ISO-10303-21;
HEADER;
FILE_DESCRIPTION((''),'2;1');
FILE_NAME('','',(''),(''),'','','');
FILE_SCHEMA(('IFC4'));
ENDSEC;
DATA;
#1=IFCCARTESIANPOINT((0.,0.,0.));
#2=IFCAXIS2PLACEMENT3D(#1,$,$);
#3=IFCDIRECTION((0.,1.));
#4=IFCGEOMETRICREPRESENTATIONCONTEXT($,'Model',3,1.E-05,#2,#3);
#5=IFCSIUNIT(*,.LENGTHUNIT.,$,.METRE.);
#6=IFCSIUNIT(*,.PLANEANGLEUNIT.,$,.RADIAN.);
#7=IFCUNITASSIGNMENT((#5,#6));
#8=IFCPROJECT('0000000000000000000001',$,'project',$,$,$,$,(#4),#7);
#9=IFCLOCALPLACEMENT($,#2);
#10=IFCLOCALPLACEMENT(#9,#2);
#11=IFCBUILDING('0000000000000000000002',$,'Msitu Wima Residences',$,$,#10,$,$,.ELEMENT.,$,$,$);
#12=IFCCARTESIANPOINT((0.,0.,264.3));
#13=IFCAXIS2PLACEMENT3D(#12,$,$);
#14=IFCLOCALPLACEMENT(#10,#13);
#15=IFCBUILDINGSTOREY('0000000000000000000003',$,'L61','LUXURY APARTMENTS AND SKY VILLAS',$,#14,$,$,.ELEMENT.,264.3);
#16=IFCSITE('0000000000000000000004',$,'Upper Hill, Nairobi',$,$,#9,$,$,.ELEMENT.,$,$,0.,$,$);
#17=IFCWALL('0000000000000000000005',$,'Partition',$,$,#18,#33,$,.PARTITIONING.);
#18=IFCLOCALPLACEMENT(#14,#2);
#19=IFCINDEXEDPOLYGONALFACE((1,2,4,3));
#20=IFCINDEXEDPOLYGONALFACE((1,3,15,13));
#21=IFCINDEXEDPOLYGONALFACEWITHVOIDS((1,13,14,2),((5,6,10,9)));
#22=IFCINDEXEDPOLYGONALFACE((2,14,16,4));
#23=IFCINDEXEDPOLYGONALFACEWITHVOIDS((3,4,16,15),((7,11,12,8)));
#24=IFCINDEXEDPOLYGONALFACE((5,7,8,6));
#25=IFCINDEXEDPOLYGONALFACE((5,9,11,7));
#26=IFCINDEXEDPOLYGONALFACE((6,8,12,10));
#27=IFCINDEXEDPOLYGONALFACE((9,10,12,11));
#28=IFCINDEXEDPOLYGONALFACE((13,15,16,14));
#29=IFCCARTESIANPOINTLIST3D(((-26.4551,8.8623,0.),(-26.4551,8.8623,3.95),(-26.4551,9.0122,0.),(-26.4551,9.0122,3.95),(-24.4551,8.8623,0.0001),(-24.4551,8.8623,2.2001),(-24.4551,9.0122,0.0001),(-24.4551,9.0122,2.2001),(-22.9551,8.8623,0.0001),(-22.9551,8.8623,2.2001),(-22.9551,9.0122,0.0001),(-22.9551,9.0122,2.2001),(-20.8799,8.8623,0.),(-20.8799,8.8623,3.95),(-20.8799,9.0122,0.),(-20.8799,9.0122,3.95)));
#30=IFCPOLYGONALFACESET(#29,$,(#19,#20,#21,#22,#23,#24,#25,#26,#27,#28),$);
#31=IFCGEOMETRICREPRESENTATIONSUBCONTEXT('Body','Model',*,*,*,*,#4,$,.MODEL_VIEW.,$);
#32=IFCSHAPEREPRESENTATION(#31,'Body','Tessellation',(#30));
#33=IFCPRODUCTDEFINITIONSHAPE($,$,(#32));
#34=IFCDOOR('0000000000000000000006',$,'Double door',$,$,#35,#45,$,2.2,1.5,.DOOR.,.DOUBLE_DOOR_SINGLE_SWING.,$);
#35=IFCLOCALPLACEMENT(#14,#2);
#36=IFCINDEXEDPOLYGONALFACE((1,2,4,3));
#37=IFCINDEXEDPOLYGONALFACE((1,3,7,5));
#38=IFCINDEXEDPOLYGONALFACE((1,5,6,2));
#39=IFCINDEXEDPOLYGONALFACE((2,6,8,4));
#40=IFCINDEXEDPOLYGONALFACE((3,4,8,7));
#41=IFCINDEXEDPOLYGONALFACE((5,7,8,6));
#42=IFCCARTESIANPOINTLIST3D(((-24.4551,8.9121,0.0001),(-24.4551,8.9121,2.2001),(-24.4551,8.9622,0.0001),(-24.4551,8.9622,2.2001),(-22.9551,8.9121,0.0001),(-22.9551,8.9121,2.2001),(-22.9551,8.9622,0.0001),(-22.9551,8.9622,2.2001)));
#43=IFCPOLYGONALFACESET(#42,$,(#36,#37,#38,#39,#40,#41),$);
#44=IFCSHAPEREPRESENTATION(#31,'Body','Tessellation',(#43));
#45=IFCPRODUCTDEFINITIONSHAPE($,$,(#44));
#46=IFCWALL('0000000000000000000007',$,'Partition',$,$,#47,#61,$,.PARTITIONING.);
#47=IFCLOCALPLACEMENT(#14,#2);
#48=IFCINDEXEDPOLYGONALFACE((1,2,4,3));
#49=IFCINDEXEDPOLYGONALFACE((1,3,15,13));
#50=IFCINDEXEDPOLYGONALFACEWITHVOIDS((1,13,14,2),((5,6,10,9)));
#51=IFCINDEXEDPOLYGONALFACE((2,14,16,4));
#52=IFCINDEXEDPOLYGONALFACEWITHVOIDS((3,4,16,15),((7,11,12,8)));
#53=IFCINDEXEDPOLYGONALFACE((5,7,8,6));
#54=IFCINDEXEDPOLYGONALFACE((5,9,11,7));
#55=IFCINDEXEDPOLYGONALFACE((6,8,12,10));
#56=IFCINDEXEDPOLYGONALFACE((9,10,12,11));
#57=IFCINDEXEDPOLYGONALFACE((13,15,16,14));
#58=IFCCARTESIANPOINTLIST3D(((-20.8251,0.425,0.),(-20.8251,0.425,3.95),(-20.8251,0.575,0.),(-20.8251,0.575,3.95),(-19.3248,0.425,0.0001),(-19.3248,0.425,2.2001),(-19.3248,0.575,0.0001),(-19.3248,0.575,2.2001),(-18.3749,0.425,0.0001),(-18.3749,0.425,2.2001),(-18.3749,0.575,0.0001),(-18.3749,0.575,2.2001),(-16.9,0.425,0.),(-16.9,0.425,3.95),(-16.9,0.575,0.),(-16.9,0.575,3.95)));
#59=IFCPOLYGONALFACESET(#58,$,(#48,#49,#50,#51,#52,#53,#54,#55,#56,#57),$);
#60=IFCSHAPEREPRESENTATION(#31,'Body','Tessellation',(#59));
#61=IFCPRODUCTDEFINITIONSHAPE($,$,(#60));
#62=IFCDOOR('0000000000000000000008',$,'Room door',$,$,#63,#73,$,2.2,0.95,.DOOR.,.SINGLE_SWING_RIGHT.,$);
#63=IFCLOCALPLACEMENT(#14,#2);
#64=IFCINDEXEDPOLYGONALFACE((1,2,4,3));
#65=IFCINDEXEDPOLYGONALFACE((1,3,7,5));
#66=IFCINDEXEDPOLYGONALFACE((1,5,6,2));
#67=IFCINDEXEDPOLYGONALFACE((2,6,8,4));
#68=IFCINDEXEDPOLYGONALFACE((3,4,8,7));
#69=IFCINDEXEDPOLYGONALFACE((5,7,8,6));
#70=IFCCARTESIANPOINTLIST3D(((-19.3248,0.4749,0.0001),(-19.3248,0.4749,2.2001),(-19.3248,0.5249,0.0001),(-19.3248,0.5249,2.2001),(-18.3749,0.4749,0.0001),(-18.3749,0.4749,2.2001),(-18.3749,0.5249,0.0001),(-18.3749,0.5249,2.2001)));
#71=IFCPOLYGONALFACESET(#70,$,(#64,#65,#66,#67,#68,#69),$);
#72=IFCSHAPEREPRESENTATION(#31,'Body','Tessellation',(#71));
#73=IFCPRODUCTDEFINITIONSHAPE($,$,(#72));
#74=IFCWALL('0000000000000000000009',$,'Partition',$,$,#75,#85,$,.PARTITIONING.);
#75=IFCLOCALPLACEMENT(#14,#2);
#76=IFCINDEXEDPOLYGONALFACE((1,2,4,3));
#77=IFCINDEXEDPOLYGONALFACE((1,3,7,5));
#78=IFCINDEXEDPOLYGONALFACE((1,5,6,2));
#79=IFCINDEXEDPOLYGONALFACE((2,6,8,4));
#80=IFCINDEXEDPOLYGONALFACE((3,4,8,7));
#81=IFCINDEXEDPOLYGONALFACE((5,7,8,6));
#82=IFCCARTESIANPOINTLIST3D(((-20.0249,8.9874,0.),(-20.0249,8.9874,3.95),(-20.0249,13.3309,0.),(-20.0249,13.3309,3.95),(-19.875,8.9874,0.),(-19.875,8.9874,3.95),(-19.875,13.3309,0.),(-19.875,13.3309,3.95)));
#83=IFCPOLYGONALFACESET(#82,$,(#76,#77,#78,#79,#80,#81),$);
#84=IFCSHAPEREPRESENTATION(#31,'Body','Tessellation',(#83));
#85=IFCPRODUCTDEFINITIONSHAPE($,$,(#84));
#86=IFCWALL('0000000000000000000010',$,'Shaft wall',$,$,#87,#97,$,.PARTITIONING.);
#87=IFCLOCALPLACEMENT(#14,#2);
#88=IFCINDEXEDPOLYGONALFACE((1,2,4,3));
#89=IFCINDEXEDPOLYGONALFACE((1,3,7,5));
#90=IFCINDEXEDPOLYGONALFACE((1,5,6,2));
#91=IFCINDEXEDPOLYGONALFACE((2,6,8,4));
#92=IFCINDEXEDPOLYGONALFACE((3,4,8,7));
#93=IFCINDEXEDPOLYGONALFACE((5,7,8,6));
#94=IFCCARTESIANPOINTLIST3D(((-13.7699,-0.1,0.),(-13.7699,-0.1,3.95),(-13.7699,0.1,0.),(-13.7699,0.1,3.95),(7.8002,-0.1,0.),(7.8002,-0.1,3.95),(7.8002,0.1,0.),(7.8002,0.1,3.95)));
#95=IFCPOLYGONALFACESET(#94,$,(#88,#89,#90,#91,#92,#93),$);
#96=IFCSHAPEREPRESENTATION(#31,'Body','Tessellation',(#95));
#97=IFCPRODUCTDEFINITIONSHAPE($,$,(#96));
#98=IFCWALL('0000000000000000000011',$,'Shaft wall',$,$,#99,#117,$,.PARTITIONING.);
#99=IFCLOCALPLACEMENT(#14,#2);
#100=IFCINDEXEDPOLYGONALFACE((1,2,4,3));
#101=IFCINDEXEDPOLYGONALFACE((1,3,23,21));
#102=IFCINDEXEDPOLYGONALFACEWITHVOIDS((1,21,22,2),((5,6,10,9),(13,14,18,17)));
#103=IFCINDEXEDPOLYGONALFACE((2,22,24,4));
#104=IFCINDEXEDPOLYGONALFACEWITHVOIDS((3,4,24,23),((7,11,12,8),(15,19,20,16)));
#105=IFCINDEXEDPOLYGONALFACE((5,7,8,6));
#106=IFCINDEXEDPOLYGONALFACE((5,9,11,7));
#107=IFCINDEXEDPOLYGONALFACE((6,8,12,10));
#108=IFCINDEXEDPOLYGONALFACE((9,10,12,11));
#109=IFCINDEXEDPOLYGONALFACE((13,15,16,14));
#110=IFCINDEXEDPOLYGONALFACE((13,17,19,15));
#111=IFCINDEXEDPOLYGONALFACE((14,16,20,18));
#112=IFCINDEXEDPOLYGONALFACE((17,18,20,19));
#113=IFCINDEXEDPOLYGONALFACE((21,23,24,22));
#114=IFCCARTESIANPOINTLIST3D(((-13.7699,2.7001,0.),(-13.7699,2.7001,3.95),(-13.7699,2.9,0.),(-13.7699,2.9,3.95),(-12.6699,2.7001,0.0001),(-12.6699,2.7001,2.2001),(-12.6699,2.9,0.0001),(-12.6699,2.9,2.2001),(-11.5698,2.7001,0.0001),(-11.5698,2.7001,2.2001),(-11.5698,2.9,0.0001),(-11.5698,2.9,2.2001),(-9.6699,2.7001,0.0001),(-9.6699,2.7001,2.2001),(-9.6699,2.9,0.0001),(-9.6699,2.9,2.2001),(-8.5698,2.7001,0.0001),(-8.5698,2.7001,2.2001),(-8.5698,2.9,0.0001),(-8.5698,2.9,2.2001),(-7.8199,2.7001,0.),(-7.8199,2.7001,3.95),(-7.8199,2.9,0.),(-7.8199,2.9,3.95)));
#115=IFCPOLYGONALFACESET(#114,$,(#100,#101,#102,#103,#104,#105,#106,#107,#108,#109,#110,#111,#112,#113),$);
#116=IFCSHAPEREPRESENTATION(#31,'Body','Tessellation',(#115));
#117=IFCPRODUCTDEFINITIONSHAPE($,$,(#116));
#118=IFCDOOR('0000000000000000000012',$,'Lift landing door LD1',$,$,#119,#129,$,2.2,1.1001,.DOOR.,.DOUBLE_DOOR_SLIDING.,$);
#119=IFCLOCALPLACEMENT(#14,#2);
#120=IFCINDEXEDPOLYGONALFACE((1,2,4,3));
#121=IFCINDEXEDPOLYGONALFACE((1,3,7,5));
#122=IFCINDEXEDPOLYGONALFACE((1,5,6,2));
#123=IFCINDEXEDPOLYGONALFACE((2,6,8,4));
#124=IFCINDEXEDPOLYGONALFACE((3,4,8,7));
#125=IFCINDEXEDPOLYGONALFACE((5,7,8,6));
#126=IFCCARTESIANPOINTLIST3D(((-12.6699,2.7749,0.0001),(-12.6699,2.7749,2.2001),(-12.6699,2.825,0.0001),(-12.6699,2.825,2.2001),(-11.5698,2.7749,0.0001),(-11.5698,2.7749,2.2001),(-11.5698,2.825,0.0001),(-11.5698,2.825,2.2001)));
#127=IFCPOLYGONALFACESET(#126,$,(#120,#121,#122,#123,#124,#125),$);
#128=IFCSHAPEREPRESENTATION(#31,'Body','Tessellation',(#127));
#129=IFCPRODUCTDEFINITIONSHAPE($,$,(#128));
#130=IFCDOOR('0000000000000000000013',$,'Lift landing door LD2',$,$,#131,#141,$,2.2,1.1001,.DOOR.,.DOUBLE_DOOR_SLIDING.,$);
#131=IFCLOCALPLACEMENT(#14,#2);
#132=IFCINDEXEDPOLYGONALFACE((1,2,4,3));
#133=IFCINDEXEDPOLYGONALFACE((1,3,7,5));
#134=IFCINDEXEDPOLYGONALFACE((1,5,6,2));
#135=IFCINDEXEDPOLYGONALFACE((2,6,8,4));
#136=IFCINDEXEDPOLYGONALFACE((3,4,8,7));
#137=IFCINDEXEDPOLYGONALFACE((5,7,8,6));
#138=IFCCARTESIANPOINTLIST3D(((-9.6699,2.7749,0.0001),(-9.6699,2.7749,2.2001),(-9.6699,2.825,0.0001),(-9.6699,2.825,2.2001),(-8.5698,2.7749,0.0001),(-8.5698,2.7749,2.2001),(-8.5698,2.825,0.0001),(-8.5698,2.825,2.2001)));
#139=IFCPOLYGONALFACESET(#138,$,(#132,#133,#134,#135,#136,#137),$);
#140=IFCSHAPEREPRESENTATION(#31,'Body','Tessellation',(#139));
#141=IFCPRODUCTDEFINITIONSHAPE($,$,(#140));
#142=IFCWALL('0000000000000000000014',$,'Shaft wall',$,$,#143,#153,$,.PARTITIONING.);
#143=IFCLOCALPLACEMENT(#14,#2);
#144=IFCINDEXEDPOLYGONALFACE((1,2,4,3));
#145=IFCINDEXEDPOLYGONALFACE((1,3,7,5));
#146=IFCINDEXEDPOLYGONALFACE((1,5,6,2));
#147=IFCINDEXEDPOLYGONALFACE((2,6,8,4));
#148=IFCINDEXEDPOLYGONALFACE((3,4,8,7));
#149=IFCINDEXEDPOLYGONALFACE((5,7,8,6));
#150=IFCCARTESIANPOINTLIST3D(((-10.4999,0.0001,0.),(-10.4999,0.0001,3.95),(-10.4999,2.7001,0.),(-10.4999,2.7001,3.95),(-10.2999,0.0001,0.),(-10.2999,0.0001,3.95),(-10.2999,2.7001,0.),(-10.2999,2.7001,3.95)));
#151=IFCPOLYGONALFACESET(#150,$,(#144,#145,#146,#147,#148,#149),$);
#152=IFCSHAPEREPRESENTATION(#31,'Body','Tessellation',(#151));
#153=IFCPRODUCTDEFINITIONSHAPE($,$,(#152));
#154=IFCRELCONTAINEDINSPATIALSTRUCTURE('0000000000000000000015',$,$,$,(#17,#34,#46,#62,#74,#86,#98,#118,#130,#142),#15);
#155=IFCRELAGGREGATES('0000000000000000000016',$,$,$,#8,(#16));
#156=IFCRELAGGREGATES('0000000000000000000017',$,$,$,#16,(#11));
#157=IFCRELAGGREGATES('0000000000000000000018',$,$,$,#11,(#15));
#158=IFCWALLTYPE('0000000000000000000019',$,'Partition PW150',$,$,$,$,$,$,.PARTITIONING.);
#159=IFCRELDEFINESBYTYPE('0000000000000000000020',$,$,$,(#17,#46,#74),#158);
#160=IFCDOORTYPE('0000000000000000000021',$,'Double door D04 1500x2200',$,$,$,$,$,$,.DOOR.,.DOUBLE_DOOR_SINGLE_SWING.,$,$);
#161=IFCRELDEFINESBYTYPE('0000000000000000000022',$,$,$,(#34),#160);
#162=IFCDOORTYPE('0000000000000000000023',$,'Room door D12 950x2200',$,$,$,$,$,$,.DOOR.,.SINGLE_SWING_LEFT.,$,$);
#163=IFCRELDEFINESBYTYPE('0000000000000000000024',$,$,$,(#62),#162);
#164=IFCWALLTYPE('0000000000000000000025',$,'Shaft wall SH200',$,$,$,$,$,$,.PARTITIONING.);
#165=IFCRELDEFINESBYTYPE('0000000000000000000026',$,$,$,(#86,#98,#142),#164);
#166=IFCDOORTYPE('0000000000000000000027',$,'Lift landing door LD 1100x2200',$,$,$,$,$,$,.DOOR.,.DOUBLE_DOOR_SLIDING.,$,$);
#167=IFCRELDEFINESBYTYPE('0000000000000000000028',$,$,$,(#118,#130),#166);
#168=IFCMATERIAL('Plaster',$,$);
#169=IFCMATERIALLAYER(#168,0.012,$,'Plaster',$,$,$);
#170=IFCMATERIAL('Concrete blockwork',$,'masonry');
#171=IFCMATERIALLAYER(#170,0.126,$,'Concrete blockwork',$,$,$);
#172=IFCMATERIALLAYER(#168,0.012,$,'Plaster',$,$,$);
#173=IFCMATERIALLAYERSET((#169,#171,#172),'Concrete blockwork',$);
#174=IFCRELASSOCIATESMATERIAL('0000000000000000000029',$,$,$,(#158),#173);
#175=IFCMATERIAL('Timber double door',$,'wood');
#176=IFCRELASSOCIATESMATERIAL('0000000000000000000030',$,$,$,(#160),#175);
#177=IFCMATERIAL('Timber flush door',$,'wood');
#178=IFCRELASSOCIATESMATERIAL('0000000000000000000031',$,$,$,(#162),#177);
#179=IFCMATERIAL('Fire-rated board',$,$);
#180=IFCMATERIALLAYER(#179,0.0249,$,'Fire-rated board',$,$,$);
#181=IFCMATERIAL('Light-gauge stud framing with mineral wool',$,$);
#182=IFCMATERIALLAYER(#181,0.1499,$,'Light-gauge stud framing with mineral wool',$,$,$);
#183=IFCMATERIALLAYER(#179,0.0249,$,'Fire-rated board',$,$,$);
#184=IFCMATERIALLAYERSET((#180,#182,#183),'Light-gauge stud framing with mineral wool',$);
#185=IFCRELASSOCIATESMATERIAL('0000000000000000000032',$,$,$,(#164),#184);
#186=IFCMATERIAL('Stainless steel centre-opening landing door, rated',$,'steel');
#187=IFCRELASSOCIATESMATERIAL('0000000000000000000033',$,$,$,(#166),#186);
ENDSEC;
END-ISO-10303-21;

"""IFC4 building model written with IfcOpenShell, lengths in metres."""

from ifc_helpers import new_model, si_unit, direction, frame, frame_2d, origin, place, context, subcontext, project, spatial, rectangle, extrude, material, layer, layer_set, type_object, element, fill, save


model = new_model("IFC4")

# Units and contexts
model_context = context("Model", 3, precision=1e-05, world=origin(), true_north=direction((0.0, 1.0)))
body_context = subcontext(model_context, "Body", "Model", "MODEL_VIEW")
ifc_project = project(units=[si_unit("LENGTHUNIT", "METRE"), si_unit("PLANEANGLEUNIT", "RADIAN")], contexts=[model_context])

# Site, building, storey
site_placement = place(None, origin())
site = spatial("IfcSite", under=ifc_project, at=site_placement, Name="Upper Hill, Nairobi", CompositionType="ELEMENT", RefElevation=0.0)
building_placement = place(site_placement, origin())
building = spatial("IfcBuilding", under=site, at=building_placement, Name="Msitu Wima Residences", CompositionType="ELEMENT")
storey_placement = place(building_placement, frame((0.0, 0.0, 264.3)))
storey = spatial("IfcBuildingStorey", under=building, at=storey_placement, Name="L61", Description="LUXURY APARTMENTS AND SKY VILLAS", CompositionType="ELEMENT", Elevation=264.3)

# Walls, openings, doors
ifc_material_1 = material(Name="Plaster")
ifc_layer_1 = layer(ifc_material_1, 0.012, Name="Plaster")
ifc_material_2 = material(Name="Concrete blockwork", Category="masonry")
ifc_layer_2 = layer(ifc_material_2, 0.126, Name="Concrete blockwork")
ifc_layer_3 = layer(ifc_material_1, 0.012, Name="Plaster")
ifc_layer_set_1 = layer_set([ifc_layer_1, ifc_layer_2, ifc_layer_3], Name="Concrete blockwork")
wall_type_1 = type_object("IfcWallType", Name="Partition PW150", PredefinedType="PARTITIONING", material=ifc_layer_set_1)
ifc_material_3 = material(Name="Timber double door", Category="wood")
door_type_1 = type_object("IfcDoorType", Name="Double door D04 1500x2200", OperationType="DOUBLE_DOOR_SINGLE_SWING", PredefinedType="DOOR", material=ifc_material_3)
wall_1_placement = place(storey_placement, frame((-26.4551, 8.9373, 0.0), z_axis=(0.0, 0.0, 1.0), x_axis=(1.0, 0.0, 0.0)))
wall_1 = element("IfcWall", 1, at=wall_1_placement, inside=storey, type_object=wall_type_1, Name="Partition", PredefinedType="PARTITIONING", context=body_context, shape_type="SweptSolid", body=[
    extrude(rectangle(XDim=5.5752, YDim=0.1499, at=frame_2d((2.7876, 0.0))), origin(), (0.0, 0.0, 1.0), 3.95),
])
opening_1_placement = place(wall_1_placement, frame((2.0, 0.0, 0.0)))
opening_1 = element("IfcOpeningElement", 2, at=opening_1_placement, cuts=wall_1, PredefinedType="OPENING", context=body_context, shape_type="SweptSolid", body=[
    extrude(rectangle(XDim=1.5, YDim=2.2, at=frame_2d((0.75, 1.1001))), frame((0.0, 0.085, 0.0), z_axis=(0.0, -1.0, 0.0), x_axis=(1.0, 0.0, 0.0)), (0.0, 0.0, 1.0), 0.1699),
])
door_1_placement = place(opening_1_placement, origin())
door_1 = element("IfcDoor", 3, at=door_1_placement, inside=storey, type_object=door_type_1, Name="Double door", OperationType="DOUBLE_DOOR_SINGLE_SWING", OverallHeight=2.2, OverallWidth=1.5, PredefinedType="DOOR", context=body_context, shape_type="SweptSolid", body=[
    extrude(rectangle(XDim=1.5, YDim=2.2, at=frame_2d((0.75, 1.1001))), frame((0.0, 0.0249, 0.0), z_axis=(0.0, -1.0, 0.0), x_axis=(1.0, 0.0, 0.0)), (0.0, 0.0, 1.0), 0.05),
])
fill(opening_1, door_1)
wall_2_placement = place(storey_placement, frame((-20.825, 0.5, 0.0), z_axis=(0.0, 0.0, 1.0), x_axis=(1.0, 0.0, 0.0)))
wall_2 = element("IfcWall", 4, at=wall_2_placement, inside=storey, type_object=wall_type_1, Name="Partition", PredefinedType="PARTITIONING", context=body_context, shape_type="SweptSolid", body=[
    extrude(rectangle(XDim=3.925, YDim=0.1499, at=frame_2d((1.9624, 0.0))), origin(), (0.0, 0.0, 1.0), 3.95),
])
opening_2_placement = place(wall_2_placement, frame((1.5, 0.0, 0.0)))
opening_2 = element("IfcOpeningElement", 5, at=opening_2_placement, cuts=wall_2, PredefinedType="OPENING", context=body_context, shape_type="SweptSolid", body=[
    extrude(rectangle(XDim=0.95, YDim=2.2, at=frame_2d((0.4751, 1.1001))), frame((0.0, 0.085, 0.0), z_axis=(0.0, -1.0, 0.0), x_axis=(1.0, 0.0, 0.0)), (0.0, 0.0, 1.0), 0.1699),
])
ifc_material_4 = material(Name="Timber flush door", Category="wood")
door_type_2 = type_object("IfcDoorType", Name="Room door D12 950x2200", OperationType="SINGLE_SWING_LEFT", PredefinedType="DOOR", material=ifc_material_4)
door_2_placement = place(opening_2_placement, origin())
door_2 = element("IfcDoor", 6, at=door_2_placement, inside=storey, type_object=door_type_2, Name="Room door", OperationType="SINGLE_SWING_RIGHT", OverallHeight=2.2, OverallWidth=0.95, PredefinedType="DOOR", context=body_context, shape_type="SweptSolid", body=[
    extrude(rectangle(XDim=0.95, YDim=2.2, at=frame_2d((0.4751, 1.1001))), frame((0.0, 0.0249, 0.0), z_axis=(0.0, -1.0, 0.0), x_axis=(1.0, 0.0, 0.0)), (0.0, 0.0, 1.0), 0.05),
])
fill(opening_2, door_2)

# Walls
wall_3_placement = place(storey_placement, frame((-19.95, 8.9873, 0.0), z_axis=(0.0, 0.0, 1.0), x_axis=(0.0, 1.0, 0.0)))
element("IfcWall", 7, at=wall_3_placement, inside=storey, type_object=wall_type_1, Name="Partition", PredefinedType="PARTITIONING", context=body_context, shape_type="SweptSolid", body=[
    extrude(rectangle(XDim=4.3435, YDim=0.1499, at=frame_2d((2.1719, 0.0))), origin(), (0.0, 0.0, 1.0), 3.95),
])
ifc_material_5 = material(Name="Fire-rated board")
ifc_layer_4 = layer(ifc_material_5, 0.0249, Name="Fire-rated board")
ifc_material_6 = material(Name="Light-gauge stud framing with mineral wool")
ifc_layer_5 = layer(ifc_material_6, 0.1499, Name="Light-gauge stud framing with mineral wool")
ifc_layer_6 = layer(ifc_material_5, 0.0249, Name="Fire-rated board")
ifc_layer_set_2 = layer_set([ifc_layer_4, ifc_layer_5, ifc_layer_6], Name="Light-gauge stud framing with mineral wool")
wall_type_2 = type_object("IfcWallType", Name="Shaft wall SH200", PredefinedType="PARTITIONING", material=ifc_layer_set_2)
wall_4_placement = place(storey_placement, frame((-13.77, 0.0, 0.0), z_axis=(0.0, 0.0, 1.0), x_axis=(1.0, 0.0, 0.0)))
element("IfcWall", 8, at=wall_4_placement, inside=storey, type_object=wall_type_2, Name="Shaft wall", PredefinedType="PARTITIONING", context=body_context, shape_type="SweptSolid", body=[
    extrude(rectangle(XDim=21.5701, YDim=0.2, at=frame_2d((10.7852, 0.0))), origin(), (0.0, 0.0, 1.0), 3.95),
])

# Wall, openings, doors
wall_5_placement = place(storey_placement, frame((-13.77, 2.8, 0.0), z_axis=(0.0, 0.0, 1.0), x_axis=(1.0, 0.0, 0.0)))
wall_5 = element("IfcWall", 9, at=wall_5_placement, inside=storey, type_object=wall_type_2, Name="Shaft wall", PredefinedType="PARTITIONING", context=body_context, shape_type="SweptSolid", body=[
    extrude(rectangle(XDim=5.95, YDim=0.2, at=frame_2d((2.9751, 0.0))), origin(), (0.0, 0.0, 1.0), 3.95),
])
opening_3_placement = place(wall_5_placement, frame((1.1001, 0.0, 0.0)))
opening_3 = element("IfcOpeningElement", 10, at=opening_3_placement, cuts=wall_5, PredefinedType="OPENING", context=body_context, shape_type="SweptSolid", body=[
    extrude(rectangle(XDim=1.1001, YDim=2.2, at=frame_2d((0.55, 1.1001))), frame((0.0, 0.1099, 0.0), z_axis=(0.0, -1.0, 0.0), x_axis=(1.0, 0.0, 0.0)), (0.0, 0.0, 1.0), 0.22),
])
opening_4_placement = place(wall_5_placement, frame((4.1001, 0.0, 0.0)))
opening_4 = element("IfcOpeningElement", 11, at=opening_4_placement, cuts=wall_5, PredefinedType="OPENING", context=body_context, shape_type="SweptSolid", body=[
    extrude(rectangle(XDim=1.1001, YDim=2.2, at=frame_2d((0.55, 1.1001))), frame((0.0, 0.1099, 0.0), z_axis=(0.0, -1.0, 0.0), x_axis=(1.0, 0.0, 0.0)), (0.0, 0.0, 1.0), 0.22),
])
ifc_material_7 = material(Name="Stainless steel centre-opening landing door, rated", Category="steel")
door_type_3 = type_object("IfcDoorType", Name="Lift landing door LD 1100x2200", OperationType="DOUBLE_DOOR_SLIDING", PredefinedType="DOOR", material=ifc_material_7)
door_3_placement = place(opening_3_placement, origin())
door_3 = element("IfcDoor", 12, at=door_3_placement, inside=storey, type_object=door_type_3, Name="Lift landing door LD1", OperationType="DOUBLE_DOOR_SLIDING", OverallHeight=2.2, OverallWidth=1.1001, PredefinedType="DOOR", context=body_context, shape_type="SweptSolid", body=[
    extrude(rectangle(XDim=1.1001, YDim=2.2, at=frame_2d((0.55, 1.1001))), frame((0.0, 0.0249, 0.0), z_axis=(0.0, -1.0, 0.0), x_axis=(1.0, 0.0, 0.0)), (0.0, 0.0, 1.0), 0.05),
])
fill(opening_3, door_3)
door_4_placement = place(opening_4_placement, origin())
door_4 = element("IfcDoor", 13, at=door_4_placement, inside=storey, type_object=door_type_3, Name="Lift landing door LD2", OperationType="DOUBLE_DOOR_SLIDING", OverallHeight=2.2, OverallWidth=1.1001, PredefinedType="DOOR", context=body_context, shape_type="SweptSolid", body=[
    extrude(rectangle(XDim=1.1001, YDim=2.2, at=frame_2d((0.55, 1.1001))), frame((0.0, 0.0249, 0.0), z_axis=(0.0, -1.0, 0.0), x_axis=(1.0, 0.0, 0.0)), (0.0, 0.0, 1.0), 0.05),
])
fill(opening_4, door_4)

# Wall
wall_6_placement = place(storey_placement, frame((-10.3999, 0.0, 0.0), z_axis=(0.0, 0.0, 1.0), x_axis=(0.0, 1.0, 0.0)))
element("IfcWall", 14, at=wall_6_placement, inside=storey, type_object=wall_type_2, Name="Shaft wall", PredefinedType="PARTITIONING", context=body_context, shape_type="SweptSolid", body=[
    extrude(rectangle(XDim=2.7, YDim=0.2, at=frame_2d((1.3501, 0.0))), origin(), (0.0, 0.0, 1.0), 3.95),
])

save(model, "model.ifc")
